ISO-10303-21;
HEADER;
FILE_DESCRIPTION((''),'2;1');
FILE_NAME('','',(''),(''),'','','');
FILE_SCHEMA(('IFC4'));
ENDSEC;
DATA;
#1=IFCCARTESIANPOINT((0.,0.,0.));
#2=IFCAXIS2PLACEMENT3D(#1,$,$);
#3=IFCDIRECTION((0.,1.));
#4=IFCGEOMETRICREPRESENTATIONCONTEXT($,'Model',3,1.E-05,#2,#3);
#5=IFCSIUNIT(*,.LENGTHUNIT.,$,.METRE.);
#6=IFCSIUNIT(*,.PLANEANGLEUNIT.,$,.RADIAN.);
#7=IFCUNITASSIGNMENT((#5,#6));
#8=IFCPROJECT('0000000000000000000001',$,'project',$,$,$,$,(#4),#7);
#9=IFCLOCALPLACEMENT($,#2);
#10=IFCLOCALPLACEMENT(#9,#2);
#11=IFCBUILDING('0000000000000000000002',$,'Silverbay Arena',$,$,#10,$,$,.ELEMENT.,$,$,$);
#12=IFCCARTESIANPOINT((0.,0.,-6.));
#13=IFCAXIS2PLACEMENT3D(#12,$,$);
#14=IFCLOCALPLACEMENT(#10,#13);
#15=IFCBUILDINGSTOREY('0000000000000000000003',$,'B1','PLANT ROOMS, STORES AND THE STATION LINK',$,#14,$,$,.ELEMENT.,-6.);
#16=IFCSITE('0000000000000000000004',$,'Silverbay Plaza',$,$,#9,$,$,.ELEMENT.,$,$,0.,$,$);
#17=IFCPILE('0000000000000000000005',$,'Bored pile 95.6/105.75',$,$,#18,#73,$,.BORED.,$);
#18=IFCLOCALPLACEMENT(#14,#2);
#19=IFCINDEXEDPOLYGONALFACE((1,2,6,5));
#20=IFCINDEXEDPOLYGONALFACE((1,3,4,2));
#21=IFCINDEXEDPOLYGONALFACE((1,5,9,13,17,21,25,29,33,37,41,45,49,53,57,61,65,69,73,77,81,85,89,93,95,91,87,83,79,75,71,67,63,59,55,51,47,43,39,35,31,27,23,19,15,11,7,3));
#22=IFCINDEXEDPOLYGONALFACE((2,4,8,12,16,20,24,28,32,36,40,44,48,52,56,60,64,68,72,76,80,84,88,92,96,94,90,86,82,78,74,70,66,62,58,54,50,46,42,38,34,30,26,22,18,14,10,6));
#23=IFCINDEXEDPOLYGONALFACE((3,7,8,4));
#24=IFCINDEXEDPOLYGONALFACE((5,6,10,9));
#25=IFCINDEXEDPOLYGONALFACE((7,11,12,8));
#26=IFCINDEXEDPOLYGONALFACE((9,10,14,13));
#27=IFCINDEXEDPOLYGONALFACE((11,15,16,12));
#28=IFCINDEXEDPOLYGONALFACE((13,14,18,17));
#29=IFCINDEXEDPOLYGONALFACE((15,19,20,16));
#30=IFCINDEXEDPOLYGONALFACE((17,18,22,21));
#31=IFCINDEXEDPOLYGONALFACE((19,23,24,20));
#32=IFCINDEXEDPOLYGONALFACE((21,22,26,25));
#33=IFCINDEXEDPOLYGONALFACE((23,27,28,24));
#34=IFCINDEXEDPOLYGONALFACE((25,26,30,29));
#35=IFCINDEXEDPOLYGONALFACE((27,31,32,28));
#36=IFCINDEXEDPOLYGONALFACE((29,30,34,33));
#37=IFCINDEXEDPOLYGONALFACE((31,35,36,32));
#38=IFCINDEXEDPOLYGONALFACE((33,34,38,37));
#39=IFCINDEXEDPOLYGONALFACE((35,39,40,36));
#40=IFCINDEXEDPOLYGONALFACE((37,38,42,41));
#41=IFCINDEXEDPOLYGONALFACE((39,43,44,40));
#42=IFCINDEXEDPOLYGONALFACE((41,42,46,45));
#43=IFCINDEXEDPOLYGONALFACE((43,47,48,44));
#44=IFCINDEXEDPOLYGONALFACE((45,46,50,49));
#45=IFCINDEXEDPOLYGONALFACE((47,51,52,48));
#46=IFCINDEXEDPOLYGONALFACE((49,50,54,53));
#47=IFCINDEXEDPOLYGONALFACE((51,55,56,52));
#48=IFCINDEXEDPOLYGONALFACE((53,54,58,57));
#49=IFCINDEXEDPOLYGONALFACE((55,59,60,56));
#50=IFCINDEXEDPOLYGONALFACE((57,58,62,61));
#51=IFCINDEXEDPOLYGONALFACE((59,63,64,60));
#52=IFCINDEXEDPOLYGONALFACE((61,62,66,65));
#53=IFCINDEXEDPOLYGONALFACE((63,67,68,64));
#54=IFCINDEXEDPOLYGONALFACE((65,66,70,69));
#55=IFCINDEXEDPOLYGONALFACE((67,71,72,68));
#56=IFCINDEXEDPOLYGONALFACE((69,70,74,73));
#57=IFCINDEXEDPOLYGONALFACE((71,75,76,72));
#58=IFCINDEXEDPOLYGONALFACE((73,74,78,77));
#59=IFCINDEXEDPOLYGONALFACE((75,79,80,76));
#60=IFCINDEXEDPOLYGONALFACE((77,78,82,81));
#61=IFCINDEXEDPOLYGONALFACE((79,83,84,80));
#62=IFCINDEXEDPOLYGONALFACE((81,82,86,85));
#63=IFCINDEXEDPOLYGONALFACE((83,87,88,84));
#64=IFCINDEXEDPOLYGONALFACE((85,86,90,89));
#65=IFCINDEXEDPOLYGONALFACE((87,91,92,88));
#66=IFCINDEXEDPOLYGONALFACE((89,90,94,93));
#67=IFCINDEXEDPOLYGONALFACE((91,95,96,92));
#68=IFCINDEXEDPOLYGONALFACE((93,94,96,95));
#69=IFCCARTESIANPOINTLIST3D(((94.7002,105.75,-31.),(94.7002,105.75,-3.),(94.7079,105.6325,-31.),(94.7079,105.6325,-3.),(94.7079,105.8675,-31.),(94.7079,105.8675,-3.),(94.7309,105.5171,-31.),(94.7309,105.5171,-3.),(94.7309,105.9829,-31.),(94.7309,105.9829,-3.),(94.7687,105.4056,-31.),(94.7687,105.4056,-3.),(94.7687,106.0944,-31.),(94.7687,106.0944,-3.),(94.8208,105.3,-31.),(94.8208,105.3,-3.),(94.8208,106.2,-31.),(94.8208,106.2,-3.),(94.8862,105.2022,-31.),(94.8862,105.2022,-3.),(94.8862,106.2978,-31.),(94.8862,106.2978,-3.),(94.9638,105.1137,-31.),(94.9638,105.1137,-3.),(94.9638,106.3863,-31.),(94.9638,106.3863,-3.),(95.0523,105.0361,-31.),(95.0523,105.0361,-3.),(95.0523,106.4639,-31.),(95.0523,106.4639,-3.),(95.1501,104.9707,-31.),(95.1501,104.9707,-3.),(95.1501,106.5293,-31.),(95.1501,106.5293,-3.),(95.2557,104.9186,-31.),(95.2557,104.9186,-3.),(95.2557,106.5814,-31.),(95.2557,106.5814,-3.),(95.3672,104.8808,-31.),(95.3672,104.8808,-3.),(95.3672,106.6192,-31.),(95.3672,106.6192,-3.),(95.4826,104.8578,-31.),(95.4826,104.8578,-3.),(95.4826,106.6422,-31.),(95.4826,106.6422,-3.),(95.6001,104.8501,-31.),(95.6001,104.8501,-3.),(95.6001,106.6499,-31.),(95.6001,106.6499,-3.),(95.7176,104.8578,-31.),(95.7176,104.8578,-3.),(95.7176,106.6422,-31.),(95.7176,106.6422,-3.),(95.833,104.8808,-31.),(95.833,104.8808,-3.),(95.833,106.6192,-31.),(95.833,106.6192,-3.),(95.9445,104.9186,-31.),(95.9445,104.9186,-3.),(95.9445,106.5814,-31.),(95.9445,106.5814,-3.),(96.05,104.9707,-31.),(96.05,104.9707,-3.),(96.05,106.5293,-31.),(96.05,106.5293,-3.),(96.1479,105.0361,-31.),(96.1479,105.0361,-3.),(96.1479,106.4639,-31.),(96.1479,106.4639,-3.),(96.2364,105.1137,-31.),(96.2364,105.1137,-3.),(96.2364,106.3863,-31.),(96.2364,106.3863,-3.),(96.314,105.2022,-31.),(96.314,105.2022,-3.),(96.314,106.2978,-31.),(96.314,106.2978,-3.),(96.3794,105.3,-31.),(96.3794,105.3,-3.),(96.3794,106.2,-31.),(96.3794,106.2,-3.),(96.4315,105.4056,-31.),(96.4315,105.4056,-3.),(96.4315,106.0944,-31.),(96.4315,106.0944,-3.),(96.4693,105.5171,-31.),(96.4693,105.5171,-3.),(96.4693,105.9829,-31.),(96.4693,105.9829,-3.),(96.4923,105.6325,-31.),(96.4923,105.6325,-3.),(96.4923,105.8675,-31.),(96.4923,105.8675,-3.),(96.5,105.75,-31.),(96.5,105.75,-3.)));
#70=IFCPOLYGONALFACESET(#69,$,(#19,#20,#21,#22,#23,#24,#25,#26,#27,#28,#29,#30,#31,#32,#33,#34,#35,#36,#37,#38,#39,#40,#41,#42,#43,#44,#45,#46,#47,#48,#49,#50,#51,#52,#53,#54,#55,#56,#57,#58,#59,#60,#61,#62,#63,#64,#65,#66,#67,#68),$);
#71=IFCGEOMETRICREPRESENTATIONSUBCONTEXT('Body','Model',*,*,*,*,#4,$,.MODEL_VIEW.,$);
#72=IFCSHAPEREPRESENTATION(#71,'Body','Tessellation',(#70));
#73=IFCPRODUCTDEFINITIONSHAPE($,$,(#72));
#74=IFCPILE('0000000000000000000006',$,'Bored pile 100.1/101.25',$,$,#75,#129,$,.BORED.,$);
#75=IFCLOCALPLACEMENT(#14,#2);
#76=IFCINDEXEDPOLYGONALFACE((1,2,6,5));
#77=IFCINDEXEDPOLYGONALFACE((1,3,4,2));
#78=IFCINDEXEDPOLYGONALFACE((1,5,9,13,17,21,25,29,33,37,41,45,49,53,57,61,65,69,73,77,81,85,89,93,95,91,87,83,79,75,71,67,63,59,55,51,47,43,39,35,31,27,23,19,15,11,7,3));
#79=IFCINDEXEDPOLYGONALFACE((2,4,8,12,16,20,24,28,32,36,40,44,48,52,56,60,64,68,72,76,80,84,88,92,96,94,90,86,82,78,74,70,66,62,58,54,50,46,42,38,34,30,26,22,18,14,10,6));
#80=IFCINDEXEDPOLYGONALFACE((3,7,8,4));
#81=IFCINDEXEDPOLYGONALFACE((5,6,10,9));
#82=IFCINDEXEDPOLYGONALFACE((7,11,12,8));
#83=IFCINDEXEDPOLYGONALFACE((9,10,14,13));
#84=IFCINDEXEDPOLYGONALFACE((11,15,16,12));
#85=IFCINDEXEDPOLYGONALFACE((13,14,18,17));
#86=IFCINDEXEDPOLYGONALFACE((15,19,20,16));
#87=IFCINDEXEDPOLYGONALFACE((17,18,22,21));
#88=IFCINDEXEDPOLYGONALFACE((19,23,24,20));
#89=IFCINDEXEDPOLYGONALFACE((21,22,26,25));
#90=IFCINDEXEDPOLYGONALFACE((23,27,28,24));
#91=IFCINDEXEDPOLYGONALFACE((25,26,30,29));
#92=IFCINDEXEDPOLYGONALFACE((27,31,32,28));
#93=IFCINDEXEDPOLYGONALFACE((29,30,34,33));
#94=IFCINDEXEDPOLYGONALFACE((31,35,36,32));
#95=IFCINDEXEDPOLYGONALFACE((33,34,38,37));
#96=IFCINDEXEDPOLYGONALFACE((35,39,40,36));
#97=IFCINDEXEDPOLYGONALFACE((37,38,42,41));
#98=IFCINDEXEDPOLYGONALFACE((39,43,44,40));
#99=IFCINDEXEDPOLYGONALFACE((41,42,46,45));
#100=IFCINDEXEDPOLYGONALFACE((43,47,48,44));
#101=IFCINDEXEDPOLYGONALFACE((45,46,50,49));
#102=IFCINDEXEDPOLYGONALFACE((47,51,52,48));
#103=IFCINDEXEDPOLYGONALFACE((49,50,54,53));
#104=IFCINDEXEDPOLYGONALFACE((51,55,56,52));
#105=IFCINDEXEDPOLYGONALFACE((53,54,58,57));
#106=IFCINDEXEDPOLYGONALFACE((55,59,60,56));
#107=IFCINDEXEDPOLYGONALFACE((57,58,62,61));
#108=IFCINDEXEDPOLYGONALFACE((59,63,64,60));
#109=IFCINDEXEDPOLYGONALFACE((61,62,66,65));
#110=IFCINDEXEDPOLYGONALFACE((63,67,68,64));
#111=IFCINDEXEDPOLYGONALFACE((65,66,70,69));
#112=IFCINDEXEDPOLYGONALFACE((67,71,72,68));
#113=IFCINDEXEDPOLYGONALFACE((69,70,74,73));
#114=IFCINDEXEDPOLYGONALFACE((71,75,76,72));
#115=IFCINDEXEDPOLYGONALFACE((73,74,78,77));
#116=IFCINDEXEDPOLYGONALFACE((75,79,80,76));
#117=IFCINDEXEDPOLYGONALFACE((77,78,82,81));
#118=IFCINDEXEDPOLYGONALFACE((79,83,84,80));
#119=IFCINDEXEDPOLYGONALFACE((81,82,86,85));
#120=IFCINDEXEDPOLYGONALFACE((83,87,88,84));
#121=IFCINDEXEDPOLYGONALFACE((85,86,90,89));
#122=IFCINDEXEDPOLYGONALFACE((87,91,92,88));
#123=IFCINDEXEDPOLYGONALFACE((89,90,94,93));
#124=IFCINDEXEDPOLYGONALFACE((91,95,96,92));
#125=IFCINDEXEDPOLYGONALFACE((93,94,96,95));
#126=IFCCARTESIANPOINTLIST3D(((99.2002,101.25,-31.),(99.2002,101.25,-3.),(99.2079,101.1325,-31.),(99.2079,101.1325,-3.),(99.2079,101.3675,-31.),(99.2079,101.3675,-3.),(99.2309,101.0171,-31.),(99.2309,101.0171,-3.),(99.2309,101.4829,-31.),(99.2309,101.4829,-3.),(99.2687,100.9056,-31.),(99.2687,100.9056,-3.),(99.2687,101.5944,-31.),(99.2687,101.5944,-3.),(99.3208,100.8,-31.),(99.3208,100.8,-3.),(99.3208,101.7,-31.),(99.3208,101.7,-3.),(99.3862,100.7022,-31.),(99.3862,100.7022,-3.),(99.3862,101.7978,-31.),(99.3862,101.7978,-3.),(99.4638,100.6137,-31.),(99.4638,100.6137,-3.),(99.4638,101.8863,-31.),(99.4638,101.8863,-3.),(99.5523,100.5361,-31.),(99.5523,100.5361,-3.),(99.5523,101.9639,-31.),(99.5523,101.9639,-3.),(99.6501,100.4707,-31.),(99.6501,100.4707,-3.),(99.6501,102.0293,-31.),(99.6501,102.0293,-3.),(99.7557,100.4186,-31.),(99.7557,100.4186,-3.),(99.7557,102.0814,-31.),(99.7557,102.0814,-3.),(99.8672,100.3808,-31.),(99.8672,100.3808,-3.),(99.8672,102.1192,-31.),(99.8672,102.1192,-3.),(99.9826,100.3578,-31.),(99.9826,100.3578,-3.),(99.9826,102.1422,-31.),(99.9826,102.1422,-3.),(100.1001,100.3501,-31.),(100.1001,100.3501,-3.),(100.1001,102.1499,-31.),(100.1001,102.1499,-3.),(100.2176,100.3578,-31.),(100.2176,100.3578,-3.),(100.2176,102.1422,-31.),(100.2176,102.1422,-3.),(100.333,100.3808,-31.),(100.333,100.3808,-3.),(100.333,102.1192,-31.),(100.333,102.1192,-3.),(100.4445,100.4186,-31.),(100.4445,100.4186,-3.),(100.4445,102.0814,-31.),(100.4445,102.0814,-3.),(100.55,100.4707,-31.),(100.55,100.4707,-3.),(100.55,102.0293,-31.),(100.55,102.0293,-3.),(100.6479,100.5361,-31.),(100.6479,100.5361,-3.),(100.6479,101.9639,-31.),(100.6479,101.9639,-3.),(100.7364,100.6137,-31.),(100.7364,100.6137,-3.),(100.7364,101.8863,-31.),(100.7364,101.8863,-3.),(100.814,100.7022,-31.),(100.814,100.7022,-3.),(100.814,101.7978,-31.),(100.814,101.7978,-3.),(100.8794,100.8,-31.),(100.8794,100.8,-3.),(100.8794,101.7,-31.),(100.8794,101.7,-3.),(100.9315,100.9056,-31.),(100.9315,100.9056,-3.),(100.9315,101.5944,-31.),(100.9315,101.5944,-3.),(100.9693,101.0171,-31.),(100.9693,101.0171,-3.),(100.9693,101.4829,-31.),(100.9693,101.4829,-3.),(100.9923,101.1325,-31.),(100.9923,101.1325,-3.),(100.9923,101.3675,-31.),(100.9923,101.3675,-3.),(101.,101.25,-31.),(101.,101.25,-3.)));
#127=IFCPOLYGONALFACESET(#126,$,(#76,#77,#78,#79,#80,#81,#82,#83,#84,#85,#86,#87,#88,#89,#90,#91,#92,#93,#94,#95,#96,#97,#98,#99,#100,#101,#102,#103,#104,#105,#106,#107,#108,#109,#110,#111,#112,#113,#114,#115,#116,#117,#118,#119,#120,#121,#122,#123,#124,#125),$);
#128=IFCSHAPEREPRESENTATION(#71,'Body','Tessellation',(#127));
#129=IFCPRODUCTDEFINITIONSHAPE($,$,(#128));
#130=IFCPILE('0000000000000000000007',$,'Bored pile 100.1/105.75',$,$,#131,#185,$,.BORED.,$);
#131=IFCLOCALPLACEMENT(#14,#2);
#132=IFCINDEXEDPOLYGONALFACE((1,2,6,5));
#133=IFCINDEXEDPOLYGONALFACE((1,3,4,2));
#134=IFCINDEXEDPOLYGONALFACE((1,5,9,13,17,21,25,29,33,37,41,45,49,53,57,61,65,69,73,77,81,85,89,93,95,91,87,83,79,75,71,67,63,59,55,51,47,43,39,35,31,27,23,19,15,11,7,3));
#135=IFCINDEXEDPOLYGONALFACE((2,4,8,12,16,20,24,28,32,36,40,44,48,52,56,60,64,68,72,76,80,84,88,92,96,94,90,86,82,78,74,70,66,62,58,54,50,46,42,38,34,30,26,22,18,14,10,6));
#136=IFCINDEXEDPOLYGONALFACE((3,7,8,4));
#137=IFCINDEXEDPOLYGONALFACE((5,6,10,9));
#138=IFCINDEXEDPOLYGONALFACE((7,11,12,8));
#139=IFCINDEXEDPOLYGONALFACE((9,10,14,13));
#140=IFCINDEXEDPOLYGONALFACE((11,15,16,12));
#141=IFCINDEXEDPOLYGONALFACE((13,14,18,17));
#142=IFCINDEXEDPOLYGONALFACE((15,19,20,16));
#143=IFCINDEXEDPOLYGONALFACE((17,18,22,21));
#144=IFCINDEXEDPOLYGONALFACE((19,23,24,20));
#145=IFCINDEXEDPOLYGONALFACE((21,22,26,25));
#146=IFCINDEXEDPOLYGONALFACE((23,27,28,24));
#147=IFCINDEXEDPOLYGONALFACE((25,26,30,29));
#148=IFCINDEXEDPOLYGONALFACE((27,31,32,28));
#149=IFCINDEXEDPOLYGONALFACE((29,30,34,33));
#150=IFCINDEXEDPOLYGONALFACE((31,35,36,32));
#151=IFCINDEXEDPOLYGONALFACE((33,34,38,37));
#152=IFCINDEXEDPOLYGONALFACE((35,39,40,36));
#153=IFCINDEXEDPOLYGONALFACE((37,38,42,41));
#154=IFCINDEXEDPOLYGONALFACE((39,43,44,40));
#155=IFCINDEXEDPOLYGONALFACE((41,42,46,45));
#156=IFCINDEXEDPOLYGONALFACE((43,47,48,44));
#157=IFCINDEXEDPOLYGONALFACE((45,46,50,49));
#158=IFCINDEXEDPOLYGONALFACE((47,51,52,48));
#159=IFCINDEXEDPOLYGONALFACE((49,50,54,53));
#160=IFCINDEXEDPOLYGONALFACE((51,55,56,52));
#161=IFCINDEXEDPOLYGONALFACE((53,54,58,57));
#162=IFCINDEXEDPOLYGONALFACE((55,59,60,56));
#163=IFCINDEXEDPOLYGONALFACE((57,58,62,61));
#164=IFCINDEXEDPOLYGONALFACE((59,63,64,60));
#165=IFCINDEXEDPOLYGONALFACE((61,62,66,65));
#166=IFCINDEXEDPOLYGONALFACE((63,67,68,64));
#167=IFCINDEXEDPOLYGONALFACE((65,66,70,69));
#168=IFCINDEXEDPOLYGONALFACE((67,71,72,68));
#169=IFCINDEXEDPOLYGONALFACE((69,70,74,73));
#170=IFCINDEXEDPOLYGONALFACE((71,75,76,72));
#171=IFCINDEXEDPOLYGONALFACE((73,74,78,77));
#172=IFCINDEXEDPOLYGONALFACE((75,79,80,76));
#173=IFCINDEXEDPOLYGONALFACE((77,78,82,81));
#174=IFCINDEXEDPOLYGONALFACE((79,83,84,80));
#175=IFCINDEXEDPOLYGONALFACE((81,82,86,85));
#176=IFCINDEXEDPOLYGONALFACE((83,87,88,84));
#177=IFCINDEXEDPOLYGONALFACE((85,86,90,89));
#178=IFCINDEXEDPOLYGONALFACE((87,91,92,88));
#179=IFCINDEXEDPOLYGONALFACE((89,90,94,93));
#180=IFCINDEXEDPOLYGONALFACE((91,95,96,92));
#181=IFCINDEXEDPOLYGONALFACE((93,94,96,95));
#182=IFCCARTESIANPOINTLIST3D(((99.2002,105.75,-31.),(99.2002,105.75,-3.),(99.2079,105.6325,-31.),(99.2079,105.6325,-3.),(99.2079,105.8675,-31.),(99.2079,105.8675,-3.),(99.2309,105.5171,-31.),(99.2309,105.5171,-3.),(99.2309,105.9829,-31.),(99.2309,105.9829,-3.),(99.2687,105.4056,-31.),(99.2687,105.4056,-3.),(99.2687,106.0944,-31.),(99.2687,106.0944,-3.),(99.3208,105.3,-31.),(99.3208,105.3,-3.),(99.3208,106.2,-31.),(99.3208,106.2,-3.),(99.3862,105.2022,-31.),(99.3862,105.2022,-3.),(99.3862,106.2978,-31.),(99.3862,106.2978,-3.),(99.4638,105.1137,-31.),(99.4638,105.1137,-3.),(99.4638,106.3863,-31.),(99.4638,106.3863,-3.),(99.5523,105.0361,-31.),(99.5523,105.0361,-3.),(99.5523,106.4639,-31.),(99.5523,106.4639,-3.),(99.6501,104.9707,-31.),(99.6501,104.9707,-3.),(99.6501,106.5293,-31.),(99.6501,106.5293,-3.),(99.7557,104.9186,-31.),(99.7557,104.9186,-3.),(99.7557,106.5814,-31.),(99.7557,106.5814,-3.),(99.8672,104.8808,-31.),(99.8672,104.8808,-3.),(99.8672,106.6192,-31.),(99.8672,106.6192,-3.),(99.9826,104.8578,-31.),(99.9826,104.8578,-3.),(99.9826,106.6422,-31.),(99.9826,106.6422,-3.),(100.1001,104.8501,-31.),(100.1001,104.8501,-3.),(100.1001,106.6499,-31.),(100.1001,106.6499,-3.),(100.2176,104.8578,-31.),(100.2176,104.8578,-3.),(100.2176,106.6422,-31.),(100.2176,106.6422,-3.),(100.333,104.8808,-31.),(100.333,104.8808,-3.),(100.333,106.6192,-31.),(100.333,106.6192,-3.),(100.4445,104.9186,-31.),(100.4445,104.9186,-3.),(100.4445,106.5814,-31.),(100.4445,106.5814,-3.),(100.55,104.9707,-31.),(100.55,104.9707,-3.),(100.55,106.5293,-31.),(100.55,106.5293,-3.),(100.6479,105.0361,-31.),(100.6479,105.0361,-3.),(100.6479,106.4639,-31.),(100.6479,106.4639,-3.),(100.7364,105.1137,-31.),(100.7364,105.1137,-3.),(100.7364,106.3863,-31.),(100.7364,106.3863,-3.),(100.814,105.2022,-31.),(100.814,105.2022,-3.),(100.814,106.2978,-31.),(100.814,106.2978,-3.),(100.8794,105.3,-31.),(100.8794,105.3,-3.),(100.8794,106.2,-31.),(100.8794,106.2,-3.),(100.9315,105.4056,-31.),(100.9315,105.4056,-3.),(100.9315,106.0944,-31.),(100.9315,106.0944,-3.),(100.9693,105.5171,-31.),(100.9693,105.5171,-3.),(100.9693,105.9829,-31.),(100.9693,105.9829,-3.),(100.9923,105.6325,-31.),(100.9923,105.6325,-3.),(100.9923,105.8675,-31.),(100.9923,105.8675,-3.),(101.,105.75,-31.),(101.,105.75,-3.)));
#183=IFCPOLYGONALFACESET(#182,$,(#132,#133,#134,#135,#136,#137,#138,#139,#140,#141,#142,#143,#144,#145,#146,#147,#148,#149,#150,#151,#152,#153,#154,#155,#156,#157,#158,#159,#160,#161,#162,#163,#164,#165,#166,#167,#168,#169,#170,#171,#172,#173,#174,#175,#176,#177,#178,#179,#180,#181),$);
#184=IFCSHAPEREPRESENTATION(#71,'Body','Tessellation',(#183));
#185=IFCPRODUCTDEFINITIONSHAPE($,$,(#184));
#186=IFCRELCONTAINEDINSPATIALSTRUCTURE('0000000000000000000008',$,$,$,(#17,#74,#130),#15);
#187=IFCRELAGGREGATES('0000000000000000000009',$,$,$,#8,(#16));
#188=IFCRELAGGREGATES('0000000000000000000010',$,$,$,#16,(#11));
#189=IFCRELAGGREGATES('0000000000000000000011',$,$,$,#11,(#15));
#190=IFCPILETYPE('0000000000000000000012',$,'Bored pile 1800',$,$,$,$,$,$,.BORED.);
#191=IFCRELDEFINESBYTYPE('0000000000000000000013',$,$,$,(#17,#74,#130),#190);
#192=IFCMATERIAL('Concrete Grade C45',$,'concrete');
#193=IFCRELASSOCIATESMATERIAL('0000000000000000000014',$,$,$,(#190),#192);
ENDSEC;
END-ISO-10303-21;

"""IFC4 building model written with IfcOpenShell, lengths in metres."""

from ifc_helpers import new_model, si_unit, direction, frame, origin, origin_2d, place, context, subcontext, project, spatial, circle, extrude, material, material_profile, profile_set, type_object, element, save


model = new_model("IFC4")

# Units and contexts
model_context = context("Model", 3, precision=1e-05, world=origin(), true_north=direction((0.0, 1.0)))
body_context = subcontext(model_context, "Body", "Model", "MODEL_VIEW")
ifc_project = project(units=[si_unit("LENGTHUNIT", "METRE"), si_unit("PLANEANGLEUNIT", "RADIAN")], contexts=[model_context])

# Site, building, storey
site_placement = place(None, origin())
site = spatial("IfcSite", under=ifc_project, at=site_placement, Name="Silverbay Plaza", CompositionType="ELEMENT", RefElevation=0.0)
building_placement = place(site_placement, origin())
building = spatial("IfcBuilding", under=site, at=building_placement, Name="Silverbay Arena", CompositionType="ELEMENT")
storey_placement = place(building_placement, frame((0.0, 0.0, -6.0)))
storey = spatial("IfcBuildingStorey", under=building, at=storey_placement, Name="B1", Description="PLANT ROOMS, STORES AND THE STATION LINK", CompositionType="ELEMENT", Elevation=-6.0)

# Piles
ifc_material_1 = material(Name="Concrete Grade C45", Category="concrete")
ifc_material_profile_1 = material_profile(ifc_material_1, circle(Radius=0.8999, at=origin_2d()), Name="Bored pile 1800")
ifc_profile_set_1 = profile_set([ifc_material_profile_1], Name="Concrete Grade C45")
pile_type_1 = type_object("IfcPileType", Name="Bored pile 1800", PredefinedType="BORED", material=ifc_profile_set_1)
for number, where, z_axis, x_axis, name in (
    (1, (95.6001, 105.75, -3.0), (0.0, 0.0, -1.0), (1.0, 0.0, 0.0), "Bored pile 95.6/105.75"),
    (2, (100.1001, 101.25, -3.0), (0.0, 0.0, -1.0), (1.0, 0.0, 0.0), "Bored pile 100.1/101.25"),
    (3, (100.1001, 105.75, -3.0), (0.0, 0.0, -1.0), (1.0, 0.0, 0.0), "Bored pile 100.1/105.75"),
):
    element("IfcPile", number, at=place(storey_placement, frame(where, z_axis=z_axis, x_axis=x_axis)), inside=storey, type_object=pile_type_1, Name=name, PredefinedType="BORED", context=body_context, shape_type="SweptSolid", body=[
        extrude(circle(Radius=0.8999, at=origin_2d()), origin(), (0.0, 0.0, 1.0), 28.0),
    ])

save(model, "model.ifc")
